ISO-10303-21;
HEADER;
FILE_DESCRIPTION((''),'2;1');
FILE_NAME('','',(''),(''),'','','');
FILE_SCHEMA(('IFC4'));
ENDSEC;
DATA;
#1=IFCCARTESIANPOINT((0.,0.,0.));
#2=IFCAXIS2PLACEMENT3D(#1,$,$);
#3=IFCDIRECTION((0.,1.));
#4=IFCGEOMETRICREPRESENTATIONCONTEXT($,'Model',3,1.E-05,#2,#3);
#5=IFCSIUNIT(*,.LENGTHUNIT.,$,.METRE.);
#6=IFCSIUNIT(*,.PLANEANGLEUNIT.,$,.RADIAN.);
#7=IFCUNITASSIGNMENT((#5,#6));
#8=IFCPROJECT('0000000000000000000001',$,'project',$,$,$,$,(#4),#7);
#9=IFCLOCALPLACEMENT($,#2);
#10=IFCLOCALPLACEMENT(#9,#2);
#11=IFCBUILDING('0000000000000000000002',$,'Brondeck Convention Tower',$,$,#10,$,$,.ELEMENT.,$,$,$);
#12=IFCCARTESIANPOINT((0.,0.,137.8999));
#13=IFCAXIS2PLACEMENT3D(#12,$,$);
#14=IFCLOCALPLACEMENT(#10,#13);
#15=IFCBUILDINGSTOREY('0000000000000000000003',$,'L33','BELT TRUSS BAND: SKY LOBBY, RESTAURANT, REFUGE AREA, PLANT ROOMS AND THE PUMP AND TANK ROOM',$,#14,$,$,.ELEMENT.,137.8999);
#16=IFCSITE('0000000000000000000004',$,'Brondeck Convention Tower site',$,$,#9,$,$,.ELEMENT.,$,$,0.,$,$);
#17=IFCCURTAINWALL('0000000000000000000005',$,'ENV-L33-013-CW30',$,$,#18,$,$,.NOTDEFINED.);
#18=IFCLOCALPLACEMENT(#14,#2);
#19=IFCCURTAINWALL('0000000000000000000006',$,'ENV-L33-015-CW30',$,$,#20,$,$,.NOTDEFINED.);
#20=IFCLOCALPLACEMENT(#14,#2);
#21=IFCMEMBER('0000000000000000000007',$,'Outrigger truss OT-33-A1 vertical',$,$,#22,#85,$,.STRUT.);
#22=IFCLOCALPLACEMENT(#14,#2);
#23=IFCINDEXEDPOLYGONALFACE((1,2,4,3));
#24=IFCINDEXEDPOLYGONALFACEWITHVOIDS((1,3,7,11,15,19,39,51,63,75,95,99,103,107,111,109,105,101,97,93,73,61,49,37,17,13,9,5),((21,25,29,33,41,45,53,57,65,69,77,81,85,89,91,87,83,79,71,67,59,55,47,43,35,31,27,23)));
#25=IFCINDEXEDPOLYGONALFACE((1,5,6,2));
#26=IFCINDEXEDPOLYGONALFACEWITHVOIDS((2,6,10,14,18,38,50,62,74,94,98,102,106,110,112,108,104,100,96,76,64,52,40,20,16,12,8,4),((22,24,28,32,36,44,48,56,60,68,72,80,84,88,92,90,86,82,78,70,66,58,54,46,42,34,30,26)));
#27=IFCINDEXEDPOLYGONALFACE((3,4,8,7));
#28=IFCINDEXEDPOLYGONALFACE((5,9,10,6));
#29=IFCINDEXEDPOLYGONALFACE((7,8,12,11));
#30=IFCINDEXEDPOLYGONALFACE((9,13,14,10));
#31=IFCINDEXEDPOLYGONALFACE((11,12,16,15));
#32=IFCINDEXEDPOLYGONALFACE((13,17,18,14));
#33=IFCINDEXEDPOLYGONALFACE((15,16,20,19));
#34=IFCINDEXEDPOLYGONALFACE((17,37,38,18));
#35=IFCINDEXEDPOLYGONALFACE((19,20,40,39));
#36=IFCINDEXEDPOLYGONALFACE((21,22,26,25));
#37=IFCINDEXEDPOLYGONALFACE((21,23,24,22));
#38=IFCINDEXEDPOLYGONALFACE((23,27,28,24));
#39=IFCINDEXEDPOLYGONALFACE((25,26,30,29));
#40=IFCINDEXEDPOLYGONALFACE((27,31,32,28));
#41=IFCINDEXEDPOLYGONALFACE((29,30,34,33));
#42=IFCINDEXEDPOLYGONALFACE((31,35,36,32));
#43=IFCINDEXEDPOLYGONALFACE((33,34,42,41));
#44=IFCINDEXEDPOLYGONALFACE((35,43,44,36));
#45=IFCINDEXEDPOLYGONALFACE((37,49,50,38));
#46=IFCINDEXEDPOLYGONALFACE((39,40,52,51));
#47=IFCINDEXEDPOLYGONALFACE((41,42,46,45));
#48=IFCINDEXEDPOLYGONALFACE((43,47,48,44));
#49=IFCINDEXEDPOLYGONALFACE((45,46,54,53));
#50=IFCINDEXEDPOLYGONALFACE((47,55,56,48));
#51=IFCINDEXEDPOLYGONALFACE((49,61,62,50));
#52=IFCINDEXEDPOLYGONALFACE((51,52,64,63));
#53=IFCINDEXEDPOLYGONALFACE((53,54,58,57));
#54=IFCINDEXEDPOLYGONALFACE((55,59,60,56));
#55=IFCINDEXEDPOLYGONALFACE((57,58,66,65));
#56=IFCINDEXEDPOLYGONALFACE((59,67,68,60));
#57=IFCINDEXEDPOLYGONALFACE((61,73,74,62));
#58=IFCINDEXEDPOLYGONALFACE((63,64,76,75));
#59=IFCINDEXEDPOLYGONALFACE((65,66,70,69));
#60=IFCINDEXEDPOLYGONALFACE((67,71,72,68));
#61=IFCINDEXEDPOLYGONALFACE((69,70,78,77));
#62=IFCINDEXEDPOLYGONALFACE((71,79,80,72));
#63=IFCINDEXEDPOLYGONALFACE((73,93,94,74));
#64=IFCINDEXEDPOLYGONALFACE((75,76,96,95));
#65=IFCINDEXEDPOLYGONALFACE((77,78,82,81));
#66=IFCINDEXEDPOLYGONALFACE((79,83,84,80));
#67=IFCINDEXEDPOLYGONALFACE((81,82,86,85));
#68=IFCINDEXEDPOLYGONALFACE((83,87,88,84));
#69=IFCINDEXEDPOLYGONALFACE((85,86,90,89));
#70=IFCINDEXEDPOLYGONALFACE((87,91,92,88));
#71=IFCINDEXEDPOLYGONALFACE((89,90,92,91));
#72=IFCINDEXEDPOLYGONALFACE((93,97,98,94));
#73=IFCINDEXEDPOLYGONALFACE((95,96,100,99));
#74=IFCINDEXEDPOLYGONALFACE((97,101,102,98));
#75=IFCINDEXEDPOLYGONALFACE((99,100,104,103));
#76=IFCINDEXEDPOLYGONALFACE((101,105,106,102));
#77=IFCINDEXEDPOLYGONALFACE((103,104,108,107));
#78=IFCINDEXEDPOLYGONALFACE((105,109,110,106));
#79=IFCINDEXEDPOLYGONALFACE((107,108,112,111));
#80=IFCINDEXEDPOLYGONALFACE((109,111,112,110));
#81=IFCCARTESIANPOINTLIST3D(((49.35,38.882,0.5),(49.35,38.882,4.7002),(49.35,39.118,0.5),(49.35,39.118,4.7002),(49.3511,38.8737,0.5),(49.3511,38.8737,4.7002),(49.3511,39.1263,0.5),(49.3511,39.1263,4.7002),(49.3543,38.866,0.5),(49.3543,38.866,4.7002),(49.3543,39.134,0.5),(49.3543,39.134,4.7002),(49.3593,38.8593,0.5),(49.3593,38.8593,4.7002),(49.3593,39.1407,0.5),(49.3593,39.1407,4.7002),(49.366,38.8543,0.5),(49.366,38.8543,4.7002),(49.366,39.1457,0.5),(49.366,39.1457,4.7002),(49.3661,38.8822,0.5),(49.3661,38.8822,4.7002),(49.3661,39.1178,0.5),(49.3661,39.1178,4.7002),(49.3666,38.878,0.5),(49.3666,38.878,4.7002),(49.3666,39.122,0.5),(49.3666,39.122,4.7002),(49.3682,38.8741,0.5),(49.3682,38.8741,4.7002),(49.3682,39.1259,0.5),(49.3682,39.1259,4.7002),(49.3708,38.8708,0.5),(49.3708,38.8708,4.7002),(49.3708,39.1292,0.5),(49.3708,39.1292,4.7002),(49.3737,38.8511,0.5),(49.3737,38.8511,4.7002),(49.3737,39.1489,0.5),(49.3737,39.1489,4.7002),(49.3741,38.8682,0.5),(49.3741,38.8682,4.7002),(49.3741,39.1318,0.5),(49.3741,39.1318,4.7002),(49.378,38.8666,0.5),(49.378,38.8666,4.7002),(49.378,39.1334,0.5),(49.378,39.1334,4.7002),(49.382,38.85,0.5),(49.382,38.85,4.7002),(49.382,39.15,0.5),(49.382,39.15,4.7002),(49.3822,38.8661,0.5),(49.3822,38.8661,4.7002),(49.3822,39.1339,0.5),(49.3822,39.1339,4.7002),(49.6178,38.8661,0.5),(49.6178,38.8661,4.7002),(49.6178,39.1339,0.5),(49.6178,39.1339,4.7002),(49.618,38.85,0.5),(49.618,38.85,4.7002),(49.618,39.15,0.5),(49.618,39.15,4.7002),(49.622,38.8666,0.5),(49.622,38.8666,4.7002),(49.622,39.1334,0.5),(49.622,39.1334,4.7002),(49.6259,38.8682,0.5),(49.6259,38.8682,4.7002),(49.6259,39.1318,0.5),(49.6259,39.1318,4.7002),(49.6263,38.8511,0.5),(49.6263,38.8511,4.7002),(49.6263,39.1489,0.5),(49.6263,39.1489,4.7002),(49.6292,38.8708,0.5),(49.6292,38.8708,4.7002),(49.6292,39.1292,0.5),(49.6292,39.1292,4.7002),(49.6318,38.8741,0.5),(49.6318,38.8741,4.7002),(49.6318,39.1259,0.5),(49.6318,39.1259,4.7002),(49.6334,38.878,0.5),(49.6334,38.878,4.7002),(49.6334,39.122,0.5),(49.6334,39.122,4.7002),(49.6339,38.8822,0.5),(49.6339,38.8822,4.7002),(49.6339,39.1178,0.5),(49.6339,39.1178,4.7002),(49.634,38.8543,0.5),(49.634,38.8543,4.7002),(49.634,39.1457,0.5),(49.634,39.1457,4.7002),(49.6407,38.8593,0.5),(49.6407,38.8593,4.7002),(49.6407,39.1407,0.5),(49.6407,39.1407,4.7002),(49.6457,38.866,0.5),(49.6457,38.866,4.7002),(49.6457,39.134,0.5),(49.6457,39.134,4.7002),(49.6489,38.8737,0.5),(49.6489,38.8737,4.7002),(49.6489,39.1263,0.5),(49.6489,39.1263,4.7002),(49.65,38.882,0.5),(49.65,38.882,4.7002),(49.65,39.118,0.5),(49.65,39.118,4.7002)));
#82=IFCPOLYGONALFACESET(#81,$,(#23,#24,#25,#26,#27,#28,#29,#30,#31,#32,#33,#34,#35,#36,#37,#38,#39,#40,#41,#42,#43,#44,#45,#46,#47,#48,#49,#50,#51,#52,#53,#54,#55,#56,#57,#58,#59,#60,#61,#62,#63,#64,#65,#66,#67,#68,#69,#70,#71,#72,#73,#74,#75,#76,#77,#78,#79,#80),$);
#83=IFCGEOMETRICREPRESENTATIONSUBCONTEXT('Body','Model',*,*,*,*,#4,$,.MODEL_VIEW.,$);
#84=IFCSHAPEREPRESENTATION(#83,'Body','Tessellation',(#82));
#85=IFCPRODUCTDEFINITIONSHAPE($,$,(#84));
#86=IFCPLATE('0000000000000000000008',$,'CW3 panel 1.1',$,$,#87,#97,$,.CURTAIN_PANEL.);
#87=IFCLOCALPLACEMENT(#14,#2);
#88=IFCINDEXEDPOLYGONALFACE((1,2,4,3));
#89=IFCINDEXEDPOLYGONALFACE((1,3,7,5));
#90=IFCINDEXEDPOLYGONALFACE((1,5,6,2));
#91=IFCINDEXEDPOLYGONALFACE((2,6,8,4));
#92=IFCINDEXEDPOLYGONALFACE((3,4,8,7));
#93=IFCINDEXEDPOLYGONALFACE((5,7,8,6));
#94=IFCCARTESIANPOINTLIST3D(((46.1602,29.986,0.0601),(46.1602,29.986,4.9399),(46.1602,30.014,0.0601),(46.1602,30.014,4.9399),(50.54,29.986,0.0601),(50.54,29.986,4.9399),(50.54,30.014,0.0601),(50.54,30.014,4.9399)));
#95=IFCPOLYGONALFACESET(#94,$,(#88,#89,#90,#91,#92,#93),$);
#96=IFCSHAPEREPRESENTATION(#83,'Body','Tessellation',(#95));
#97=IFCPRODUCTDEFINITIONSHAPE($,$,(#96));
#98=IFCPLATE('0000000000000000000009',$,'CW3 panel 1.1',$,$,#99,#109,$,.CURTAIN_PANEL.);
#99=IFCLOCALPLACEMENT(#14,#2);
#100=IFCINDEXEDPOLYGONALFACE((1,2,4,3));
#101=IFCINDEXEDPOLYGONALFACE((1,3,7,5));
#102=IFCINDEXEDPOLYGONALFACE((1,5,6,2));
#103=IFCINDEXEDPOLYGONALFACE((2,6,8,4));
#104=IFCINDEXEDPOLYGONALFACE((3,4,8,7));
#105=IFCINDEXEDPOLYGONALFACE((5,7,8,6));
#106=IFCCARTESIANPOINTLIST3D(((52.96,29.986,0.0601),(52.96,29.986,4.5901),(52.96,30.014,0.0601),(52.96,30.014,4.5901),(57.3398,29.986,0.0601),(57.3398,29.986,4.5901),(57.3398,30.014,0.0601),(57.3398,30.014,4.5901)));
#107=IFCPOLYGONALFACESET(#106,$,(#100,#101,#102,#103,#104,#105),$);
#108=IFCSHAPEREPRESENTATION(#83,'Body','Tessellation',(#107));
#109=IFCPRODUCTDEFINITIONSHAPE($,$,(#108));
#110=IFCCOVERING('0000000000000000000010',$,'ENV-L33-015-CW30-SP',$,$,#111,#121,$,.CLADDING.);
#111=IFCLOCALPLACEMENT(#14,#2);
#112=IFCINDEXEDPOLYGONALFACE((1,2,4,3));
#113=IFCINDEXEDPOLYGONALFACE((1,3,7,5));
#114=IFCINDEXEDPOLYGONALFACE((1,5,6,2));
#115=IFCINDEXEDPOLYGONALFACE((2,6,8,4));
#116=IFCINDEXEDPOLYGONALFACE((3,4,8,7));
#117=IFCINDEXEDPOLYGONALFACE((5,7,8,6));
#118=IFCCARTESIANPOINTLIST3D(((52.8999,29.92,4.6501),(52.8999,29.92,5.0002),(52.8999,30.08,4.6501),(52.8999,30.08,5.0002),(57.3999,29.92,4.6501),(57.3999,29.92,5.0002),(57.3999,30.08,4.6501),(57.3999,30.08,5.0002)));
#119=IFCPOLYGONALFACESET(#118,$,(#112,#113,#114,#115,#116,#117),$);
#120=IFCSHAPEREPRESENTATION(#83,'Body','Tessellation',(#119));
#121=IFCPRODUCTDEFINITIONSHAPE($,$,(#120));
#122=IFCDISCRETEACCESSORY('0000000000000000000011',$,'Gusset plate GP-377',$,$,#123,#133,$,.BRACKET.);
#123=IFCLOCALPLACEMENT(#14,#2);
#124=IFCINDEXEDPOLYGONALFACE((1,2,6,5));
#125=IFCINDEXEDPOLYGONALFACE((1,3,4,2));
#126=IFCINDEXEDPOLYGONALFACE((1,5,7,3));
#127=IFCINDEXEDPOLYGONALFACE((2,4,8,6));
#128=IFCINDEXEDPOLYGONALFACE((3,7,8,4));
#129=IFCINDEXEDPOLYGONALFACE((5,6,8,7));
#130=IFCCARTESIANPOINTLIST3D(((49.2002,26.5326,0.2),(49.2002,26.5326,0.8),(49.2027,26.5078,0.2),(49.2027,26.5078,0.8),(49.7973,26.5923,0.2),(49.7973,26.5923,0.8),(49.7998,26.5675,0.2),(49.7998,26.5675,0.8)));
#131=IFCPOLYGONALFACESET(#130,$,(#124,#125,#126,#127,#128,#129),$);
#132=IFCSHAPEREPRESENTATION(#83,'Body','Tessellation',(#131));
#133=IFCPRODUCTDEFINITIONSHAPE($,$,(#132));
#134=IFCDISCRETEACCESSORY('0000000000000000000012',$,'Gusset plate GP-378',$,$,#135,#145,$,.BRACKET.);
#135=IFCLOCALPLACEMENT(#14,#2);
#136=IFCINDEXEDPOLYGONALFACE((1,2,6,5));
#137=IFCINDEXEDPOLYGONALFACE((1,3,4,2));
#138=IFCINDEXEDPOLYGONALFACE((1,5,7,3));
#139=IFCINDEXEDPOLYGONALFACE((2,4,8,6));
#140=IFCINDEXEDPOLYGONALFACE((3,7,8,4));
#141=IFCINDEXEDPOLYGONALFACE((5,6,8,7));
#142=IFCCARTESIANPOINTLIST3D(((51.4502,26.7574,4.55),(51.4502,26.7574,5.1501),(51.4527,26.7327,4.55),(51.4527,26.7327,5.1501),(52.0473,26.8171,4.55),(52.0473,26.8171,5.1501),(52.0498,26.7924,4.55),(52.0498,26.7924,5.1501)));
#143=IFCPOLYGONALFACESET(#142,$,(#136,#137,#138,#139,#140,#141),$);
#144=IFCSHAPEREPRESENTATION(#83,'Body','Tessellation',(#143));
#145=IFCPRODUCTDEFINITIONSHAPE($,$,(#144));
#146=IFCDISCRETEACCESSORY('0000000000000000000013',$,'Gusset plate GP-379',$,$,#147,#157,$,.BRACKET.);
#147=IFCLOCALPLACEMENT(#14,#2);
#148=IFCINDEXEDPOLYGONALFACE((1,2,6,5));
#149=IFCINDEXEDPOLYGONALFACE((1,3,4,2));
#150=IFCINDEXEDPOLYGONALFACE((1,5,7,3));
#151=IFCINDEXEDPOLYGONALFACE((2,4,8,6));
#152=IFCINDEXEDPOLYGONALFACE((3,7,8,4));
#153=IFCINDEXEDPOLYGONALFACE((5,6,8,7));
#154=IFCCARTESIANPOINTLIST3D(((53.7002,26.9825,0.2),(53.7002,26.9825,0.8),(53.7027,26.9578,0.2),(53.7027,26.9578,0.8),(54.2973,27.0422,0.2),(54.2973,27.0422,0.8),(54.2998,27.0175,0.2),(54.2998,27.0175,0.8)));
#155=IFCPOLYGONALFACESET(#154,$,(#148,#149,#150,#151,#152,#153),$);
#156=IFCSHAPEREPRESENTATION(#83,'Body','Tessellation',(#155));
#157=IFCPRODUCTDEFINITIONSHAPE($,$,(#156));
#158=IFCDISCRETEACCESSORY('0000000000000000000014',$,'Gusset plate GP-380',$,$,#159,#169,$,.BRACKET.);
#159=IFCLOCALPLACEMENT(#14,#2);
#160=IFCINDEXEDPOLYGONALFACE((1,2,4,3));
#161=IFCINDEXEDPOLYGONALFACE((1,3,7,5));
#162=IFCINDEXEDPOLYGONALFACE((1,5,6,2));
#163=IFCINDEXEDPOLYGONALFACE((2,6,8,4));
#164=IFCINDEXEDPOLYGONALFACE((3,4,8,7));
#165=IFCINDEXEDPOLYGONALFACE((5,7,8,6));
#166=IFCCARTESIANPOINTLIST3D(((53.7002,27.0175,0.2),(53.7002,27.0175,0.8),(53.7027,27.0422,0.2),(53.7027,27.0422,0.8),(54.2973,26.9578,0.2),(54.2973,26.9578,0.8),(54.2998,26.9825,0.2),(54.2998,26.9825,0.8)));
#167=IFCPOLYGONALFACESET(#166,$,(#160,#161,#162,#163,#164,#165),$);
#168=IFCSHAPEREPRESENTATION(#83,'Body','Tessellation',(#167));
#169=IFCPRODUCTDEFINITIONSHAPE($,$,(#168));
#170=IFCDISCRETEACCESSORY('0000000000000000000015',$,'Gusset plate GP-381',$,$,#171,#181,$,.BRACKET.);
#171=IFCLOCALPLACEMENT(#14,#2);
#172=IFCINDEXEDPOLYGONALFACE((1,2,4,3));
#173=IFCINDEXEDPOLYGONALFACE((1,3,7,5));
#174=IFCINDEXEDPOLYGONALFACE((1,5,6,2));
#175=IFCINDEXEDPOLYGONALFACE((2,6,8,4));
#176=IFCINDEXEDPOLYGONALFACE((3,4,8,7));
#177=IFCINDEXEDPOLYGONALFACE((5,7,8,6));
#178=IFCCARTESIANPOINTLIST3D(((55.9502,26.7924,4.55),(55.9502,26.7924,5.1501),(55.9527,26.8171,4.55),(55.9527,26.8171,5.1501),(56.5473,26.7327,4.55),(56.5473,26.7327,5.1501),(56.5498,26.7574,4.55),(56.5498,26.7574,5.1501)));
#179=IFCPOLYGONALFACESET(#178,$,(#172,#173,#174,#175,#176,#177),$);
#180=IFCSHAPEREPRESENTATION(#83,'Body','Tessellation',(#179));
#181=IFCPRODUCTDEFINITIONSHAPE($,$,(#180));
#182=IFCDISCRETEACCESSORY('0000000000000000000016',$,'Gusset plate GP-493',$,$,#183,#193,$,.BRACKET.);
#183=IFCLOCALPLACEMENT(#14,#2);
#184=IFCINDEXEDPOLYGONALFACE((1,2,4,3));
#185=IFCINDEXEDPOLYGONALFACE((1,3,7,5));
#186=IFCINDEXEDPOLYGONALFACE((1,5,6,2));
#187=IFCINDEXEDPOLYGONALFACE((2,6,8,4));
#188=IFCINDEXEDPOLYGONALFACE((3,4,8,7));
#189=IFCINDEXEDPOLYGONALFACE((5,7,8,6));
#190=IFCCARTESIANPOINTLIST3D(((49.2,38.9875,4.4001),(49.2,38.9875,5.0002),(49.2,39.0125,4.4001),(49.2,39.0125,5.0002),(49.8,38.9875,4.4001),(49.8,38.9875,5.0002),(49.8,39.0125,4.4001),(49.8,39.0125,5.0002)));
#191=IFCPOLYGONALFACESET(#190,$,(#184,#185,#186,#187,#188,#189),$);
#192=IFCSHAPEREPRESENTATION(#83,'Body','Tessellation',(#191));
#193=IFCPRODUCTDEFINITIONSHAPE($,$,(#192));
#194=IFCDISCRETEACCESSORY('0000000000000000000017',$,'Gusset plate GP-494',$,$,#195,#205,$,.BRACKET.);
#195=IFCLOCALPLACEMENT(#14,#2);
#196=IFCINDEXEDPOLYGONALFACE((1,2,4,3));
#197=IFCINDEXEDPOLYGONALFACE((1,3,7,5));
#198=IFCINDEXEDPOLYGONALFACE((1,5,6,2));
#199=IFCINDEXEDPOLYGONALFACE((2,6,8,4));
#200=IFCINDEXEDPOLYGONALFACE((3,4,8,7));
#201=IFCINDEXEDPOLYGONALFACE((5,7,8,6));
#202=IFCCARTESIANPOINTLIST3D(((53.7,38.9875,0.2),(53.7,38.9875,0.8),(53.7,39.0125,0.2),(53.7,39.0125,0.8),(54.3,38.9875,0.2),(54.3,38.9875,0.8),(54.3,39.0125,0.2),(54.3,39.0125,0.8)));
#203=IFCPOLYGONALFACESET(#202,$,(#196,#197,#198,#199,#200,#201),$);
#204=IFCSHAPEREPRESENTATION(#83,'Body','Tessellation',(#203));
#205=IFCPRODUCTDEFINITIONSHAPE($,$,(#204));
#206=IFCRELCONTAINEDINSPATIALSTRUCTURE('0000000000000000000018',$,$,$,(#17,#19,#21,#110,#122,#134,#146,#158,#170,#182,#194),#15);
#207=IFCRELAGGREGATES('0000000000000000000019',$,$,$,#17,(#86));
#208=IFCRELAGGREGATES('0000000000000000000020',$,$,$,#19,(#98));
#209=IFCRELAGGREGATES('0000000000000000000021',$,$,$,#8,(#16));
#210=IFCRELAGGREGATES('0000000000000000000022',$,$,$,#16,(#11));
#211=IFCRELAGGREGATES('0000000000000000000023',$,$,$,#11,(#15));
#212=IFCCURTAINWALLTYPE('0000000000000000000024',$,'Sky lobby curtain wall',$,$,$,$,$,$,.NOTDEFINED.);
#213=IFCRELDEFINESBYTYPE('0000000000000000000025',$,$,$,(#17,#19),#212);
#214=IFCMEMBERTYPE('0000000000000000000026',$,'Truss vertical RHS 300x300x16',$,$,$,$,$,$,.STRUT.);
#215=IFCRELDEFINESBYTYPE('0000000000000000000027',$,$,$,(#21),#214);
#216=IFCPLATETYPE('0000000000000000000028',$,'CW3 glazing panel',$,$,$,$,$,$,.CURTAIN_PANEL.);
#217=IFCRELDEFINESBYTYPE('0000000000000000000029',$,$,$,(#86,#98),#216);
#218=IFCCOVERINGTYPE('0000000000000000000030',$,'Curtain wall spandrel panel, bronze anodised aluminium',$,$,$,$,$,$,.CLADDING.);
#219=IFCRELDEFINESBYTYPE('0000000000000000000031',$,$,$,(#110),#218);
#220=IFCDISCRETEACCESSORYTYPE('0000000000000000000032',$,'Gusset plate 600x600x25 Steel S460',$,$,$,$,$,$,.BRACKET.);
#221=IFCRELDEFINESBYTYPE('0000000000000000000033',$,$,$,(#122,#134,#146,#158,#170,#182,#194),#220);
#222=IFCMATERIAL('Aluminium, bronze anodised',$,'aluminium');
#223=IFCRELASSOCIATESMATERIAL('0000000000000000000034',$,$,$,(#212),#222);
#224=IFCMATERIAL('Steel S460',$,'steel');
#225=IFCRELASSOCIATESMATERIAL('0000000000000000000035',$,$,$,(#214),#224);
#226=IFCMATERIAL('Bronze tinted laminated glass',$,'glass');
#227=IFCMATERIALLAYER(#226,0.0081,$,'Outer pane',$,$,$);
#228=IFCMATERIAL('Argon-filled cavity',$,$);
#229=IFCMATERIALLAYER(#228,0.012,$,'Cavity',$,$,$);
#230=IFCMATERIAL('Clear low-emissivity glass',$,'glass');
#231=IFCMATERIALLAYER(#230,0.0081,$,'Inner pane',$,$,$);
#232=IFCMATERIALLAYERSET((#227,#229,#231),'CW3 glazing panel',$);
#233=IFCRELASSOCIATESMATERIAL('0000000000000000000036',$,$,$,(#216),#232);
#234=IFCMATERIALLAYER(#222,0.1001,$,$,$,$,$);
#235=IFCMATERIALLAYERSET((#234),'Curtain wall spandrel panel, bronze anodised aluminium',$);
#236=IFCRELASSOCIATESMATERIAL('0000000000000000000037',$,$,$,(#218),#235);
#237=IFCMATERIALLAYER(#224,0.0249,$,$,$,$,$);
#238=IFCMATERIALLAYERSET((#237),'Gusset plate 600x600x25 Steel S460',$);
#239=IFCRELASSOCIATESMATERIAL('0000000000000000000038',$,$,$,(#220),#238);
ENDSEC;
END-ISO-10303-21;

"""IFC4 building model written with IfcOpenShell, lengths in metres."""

from ifc_helpers import new_model, si_unit, direction, frame, origin, origin_2d, place, context, subcontext, project, spatial, rectangle, hollow_rectangle, extrude, material, layer, layer_set, material_profile, profile_set, type_object, element, aggregate, save


model = new_model("IFC4")

# Units and contexts
model_context = context("Model", 3, precision=1e-05, world=origin(), true_north=direction((0.0, 1.0)))
body_context = subcontext(model_context, "Body", "Model", "MODEL_VIEW")
ifc_project = project(units=[si_unit("LENGTHUNIT", "METRE"), si_unit("PLANEANGLEUNIT", "RADIAN")], contexts=[model_context])

# Site, building, storey
site_placement = place(None, origin())
site = spatial("IfcSite", under=ifc_project, at=site_placement, Name="Brondeck Convention Tower site", CompositionType="ELEMENT", RefElevation=0.0)
building_placement = place(site_placement, origin())
building = spatial("IfcBuilding", under=site, at=building_placement, Name="Brondeck Convention Tower", CompositionType="ELEMENT")
storey_placement = place(building_placement, frame((0.0, 0.0, 137.8999)))
storey = spatial("IfcBuildingStorey", under=building, at=storey_placement, Name="L33", Description="BELT TRUSS BAND: SKY LOBBY, RESTAURANT, REFUGE AREA, PLANT ROOMS AND THE PUMP AND TANK ROOM", CompositionType="ELEMENT", Elevation=137.8999)

# Curtain walls
ifc_material_1 = material(Name="Aluminium, bronze anodised", Category="aluminium")
curtain_wall_type = type_object("IfcCurtainWallType", Name="Sky lobby curtain wall", PredefinedType="NOTDEFINED", material=ifc_material_1)
curtain_wall_1_placement = place(storey_placement, origin())
curtain_wall_1 = element("IfcCurtainWall", 1, at=curtain_wall_1_placement, inside=storey, type_object=curtain_wall_type, Name="ENV-L33-013-CW30", PredefinedType="NOTDEFINED")
curtain_wall_2_placement = place(storey_placement, origin())
curtain_wall_2 = element("IfcCurtainWall", 2, at=curtain_wall_2_placement, inside=storey, type_object=curtain_wall_type, Name="ENV-L33-015-CW30", PredefinedType="NOTDEFINED")

# Shared definitions
ifc_material_2 = material(Name="Steel S460", Category="steel")

# Member
ifc_material_profile_1 = material_profile(ifc_material_2, hollow_rectangle(XDim=0.3, YDim=0.3, WallThickness=0.0161, InnerFilletRadius=0.0161, OuterFilletRadius=0.032, at=origin_2d()), Name="RHS 300x300x16")
ifc_profile_set_1 = profile_set([ifc_material_profile_1], Name="Steel S460")
member_type_1 = type_object("IfcMemberType", Name="Truss vertical RHS 300x300x16", PredefinedType="STRUT", material=ifc_profile_set_1)
member_1_placement = place(storey_placement, frame((49.5, 39.0, 0.5), z_axis=(0.0, 0.0, 1.0), x_axis=(1.0, 0.0, 0.0)))
element("IfcMember", 3, at=member_1_placement, inside=storey, type_object=member_type_1, Name="Outrigger truss OT-33-A1 vertical", PredefinedType="STRUT", context=body_context, shape_type="SweptSolid", body=[
    extrude(hollow_rectangle(XDim=0.3, YDim=0.3, WallThickness=0.0161, InnerFilletRadius=0.0161, OuterFilletRadius=0.032, at=origin_2d()), origin(), (0.0, 0.0, 1.0), 4.2002),
])

# Plates
ifc_material_3 = material(Name="Bronze tinted laminated glass", Category="glass")
ifc_layer_1 = layer(ifc_material_3, 0.0081, Name="Outer pane")
ifc_material_4 = material(Name="Argon-filled cavity")
ifc_layer_2 = layer(ifc_material_4, 0.012, Name="Cavity")
ifc_material_5 = material(Name="Clear low-emissivity glass", Category="glass")
ifc_layer_3 = layer(ifc_material_5, 0.0081, Name="Inner pane")
ifc_layer_set_1 = layer_set([ifc_layer_1, ifc_layer_2, ifc_layer_3], Name="CW3 glazing panel")
plate_type = type_object("IfcPlateType", Name="CW3 glazing panel", PredefinedType="CURTAIN_PANEL", material=ifc_layer_set_1)
plate_1_placement = place(storey_placement, frame((48.3501, 30.0, 0.0601), z_axis=(0.0, 0.0, 1.0), x_axis=(-1.0, 0.0, 0.0)))
plate_1 = element("IfcPlate", 4, at=plate_1_placement, type_object=plate_type, Name="CW3 panel 1.1", PredefinedType="CURTAIN_PANEL", context=body_context, shape_type="SweptSolid", body=[
    extrude(rectangle(XDim=4.3799, YDim=0.0281, at=origin_2d()), origin(), (0.0, 0.0, 1.0), 4.8799),
])
aggregate(curtain_wall_1, [plate_1])
plate_2_placement = place(storey_placement, frame((55.1499, 30.0, 0.0601), z_axis=(0.0, 0.0, 1.0), x_axis=(-1.0, 0.0, 0.0)))
plate_2 = element("IfcPlate", 5, at=plate_2_placement, type_object=plate_type, Name="CW3 panel 1.1", PredefinedType="CURTAIN_PANEL", context=body_context, shape_type="SweptSolid", body=[
    extrude(rectangle(XDim=4.3799, YDim=0.0281, at=origin_2d()), origin(), (0.0, 0.0, 1.0), 4.53),
])
aggregate(curtain_wall_2, [plate_2])

# Covering
ifc_layer_4 = layer(ifc_material_1, 0.1001)
ifc_layer_set_2 = layer_set([ifc_layer_4], Name="Curtain wall spandrel panel, bronze anodised aluminium")
covering_type = type_object("IfcCoveringType", Name="Curtain wall spandrel panel, bronze anodised aluminium", PredefinedType="CLADDING", material=ifc_layer_set_2)
covering_placement = place(storey_placement, frame((55.1499, 30.0, 4.6501), z_axis=(0.0, 0.0, 1.0), x_axis=(-1.0, 0.0, 0.0)))
element("IfcCovering", 6, at=covering_placement, inside=storey, type_object=covering_type, Name="ENV-L33-015-CW30-SP", PredefinedType="CLADDING", context=body_context, shape_type="SweptSolid", body=[
    extrude(rectangle(XDim=4.5, YDim=0.1599, at=origin_2d()), origin(), (0.0, 0.0, 1.0), 0.3501),
])

# Discrete accessories
ifc_layer_5 = layer(ifc_material_2, 0.0249)
ifc_layer_set_3 = layer_set([ifc_layer_5], Name="Gusset plate 600x600x25 Steel S460")
discrete_accessory_type = type_object("IfcDiscreteAccessoryType", Name="Gusset plate 600x600x25 Steel S460", PredefinedType="BRACKET", material=ifc_layer_set_3)
for number, where, z_axis, x_axis, name in (
    (7, (49.5, 26.55, 0.2), (0.0, 0.0, 1.0), (0.995036, 0.099511, 0.0), "Gusset plate GP-377"),
    (8, (51.75, 26.7749, 4.55), (0.0, 0.0, 1.0), (0.995036, 0.099511, 0.0), "Gusset plate GP-378"),
    (9, (54.0, 27.0, 0.2), (0.0, 0.0, 1.0), (0.995036, 0.099511, 0.0), "Gusset plate GP-379"),
    (10, (54.0, 27.0, 0.2), (0.0, 0.0, 1.0), (-0.995036, 0.099511, 0.0), "Gusset plate GP-380"),
    (11, (56.25, 26.7749, 4.55), (0.0, 0.0, 1.0), (-0.995036, 0.099511, 0.0), "Gusset plate GP-381"),
    (12, (49.5, 39.0, 4.4001), (0.0, 0.0, 1.0), (1.0, 0.0, 0.0), "Gusset plate GP-493"),
    (13, (54.0, 39.0, 0.2), (0.0, 0.0, 1.0), (1.0, 0.0, 0.0), "Gusset plate GP-494"),
):
    element("IfcDiscreteAccessory", number, at=place(storey_placement, frame(where, z_axis=z_axis, x_axis=x_axis)), inside=storey, type_object=discrete_accessory_type, Name=name, PredefinedType="BRACKET", context=body_context, shape_type="SweptSolid", body=[
        extrude(rectangle(XDim=0.6001, YDim=0.0249, at=origin_2d()), origin(), (0.0, 0.0, 1.0), 0.6001),
    ])

save(model, "model.ifc")
